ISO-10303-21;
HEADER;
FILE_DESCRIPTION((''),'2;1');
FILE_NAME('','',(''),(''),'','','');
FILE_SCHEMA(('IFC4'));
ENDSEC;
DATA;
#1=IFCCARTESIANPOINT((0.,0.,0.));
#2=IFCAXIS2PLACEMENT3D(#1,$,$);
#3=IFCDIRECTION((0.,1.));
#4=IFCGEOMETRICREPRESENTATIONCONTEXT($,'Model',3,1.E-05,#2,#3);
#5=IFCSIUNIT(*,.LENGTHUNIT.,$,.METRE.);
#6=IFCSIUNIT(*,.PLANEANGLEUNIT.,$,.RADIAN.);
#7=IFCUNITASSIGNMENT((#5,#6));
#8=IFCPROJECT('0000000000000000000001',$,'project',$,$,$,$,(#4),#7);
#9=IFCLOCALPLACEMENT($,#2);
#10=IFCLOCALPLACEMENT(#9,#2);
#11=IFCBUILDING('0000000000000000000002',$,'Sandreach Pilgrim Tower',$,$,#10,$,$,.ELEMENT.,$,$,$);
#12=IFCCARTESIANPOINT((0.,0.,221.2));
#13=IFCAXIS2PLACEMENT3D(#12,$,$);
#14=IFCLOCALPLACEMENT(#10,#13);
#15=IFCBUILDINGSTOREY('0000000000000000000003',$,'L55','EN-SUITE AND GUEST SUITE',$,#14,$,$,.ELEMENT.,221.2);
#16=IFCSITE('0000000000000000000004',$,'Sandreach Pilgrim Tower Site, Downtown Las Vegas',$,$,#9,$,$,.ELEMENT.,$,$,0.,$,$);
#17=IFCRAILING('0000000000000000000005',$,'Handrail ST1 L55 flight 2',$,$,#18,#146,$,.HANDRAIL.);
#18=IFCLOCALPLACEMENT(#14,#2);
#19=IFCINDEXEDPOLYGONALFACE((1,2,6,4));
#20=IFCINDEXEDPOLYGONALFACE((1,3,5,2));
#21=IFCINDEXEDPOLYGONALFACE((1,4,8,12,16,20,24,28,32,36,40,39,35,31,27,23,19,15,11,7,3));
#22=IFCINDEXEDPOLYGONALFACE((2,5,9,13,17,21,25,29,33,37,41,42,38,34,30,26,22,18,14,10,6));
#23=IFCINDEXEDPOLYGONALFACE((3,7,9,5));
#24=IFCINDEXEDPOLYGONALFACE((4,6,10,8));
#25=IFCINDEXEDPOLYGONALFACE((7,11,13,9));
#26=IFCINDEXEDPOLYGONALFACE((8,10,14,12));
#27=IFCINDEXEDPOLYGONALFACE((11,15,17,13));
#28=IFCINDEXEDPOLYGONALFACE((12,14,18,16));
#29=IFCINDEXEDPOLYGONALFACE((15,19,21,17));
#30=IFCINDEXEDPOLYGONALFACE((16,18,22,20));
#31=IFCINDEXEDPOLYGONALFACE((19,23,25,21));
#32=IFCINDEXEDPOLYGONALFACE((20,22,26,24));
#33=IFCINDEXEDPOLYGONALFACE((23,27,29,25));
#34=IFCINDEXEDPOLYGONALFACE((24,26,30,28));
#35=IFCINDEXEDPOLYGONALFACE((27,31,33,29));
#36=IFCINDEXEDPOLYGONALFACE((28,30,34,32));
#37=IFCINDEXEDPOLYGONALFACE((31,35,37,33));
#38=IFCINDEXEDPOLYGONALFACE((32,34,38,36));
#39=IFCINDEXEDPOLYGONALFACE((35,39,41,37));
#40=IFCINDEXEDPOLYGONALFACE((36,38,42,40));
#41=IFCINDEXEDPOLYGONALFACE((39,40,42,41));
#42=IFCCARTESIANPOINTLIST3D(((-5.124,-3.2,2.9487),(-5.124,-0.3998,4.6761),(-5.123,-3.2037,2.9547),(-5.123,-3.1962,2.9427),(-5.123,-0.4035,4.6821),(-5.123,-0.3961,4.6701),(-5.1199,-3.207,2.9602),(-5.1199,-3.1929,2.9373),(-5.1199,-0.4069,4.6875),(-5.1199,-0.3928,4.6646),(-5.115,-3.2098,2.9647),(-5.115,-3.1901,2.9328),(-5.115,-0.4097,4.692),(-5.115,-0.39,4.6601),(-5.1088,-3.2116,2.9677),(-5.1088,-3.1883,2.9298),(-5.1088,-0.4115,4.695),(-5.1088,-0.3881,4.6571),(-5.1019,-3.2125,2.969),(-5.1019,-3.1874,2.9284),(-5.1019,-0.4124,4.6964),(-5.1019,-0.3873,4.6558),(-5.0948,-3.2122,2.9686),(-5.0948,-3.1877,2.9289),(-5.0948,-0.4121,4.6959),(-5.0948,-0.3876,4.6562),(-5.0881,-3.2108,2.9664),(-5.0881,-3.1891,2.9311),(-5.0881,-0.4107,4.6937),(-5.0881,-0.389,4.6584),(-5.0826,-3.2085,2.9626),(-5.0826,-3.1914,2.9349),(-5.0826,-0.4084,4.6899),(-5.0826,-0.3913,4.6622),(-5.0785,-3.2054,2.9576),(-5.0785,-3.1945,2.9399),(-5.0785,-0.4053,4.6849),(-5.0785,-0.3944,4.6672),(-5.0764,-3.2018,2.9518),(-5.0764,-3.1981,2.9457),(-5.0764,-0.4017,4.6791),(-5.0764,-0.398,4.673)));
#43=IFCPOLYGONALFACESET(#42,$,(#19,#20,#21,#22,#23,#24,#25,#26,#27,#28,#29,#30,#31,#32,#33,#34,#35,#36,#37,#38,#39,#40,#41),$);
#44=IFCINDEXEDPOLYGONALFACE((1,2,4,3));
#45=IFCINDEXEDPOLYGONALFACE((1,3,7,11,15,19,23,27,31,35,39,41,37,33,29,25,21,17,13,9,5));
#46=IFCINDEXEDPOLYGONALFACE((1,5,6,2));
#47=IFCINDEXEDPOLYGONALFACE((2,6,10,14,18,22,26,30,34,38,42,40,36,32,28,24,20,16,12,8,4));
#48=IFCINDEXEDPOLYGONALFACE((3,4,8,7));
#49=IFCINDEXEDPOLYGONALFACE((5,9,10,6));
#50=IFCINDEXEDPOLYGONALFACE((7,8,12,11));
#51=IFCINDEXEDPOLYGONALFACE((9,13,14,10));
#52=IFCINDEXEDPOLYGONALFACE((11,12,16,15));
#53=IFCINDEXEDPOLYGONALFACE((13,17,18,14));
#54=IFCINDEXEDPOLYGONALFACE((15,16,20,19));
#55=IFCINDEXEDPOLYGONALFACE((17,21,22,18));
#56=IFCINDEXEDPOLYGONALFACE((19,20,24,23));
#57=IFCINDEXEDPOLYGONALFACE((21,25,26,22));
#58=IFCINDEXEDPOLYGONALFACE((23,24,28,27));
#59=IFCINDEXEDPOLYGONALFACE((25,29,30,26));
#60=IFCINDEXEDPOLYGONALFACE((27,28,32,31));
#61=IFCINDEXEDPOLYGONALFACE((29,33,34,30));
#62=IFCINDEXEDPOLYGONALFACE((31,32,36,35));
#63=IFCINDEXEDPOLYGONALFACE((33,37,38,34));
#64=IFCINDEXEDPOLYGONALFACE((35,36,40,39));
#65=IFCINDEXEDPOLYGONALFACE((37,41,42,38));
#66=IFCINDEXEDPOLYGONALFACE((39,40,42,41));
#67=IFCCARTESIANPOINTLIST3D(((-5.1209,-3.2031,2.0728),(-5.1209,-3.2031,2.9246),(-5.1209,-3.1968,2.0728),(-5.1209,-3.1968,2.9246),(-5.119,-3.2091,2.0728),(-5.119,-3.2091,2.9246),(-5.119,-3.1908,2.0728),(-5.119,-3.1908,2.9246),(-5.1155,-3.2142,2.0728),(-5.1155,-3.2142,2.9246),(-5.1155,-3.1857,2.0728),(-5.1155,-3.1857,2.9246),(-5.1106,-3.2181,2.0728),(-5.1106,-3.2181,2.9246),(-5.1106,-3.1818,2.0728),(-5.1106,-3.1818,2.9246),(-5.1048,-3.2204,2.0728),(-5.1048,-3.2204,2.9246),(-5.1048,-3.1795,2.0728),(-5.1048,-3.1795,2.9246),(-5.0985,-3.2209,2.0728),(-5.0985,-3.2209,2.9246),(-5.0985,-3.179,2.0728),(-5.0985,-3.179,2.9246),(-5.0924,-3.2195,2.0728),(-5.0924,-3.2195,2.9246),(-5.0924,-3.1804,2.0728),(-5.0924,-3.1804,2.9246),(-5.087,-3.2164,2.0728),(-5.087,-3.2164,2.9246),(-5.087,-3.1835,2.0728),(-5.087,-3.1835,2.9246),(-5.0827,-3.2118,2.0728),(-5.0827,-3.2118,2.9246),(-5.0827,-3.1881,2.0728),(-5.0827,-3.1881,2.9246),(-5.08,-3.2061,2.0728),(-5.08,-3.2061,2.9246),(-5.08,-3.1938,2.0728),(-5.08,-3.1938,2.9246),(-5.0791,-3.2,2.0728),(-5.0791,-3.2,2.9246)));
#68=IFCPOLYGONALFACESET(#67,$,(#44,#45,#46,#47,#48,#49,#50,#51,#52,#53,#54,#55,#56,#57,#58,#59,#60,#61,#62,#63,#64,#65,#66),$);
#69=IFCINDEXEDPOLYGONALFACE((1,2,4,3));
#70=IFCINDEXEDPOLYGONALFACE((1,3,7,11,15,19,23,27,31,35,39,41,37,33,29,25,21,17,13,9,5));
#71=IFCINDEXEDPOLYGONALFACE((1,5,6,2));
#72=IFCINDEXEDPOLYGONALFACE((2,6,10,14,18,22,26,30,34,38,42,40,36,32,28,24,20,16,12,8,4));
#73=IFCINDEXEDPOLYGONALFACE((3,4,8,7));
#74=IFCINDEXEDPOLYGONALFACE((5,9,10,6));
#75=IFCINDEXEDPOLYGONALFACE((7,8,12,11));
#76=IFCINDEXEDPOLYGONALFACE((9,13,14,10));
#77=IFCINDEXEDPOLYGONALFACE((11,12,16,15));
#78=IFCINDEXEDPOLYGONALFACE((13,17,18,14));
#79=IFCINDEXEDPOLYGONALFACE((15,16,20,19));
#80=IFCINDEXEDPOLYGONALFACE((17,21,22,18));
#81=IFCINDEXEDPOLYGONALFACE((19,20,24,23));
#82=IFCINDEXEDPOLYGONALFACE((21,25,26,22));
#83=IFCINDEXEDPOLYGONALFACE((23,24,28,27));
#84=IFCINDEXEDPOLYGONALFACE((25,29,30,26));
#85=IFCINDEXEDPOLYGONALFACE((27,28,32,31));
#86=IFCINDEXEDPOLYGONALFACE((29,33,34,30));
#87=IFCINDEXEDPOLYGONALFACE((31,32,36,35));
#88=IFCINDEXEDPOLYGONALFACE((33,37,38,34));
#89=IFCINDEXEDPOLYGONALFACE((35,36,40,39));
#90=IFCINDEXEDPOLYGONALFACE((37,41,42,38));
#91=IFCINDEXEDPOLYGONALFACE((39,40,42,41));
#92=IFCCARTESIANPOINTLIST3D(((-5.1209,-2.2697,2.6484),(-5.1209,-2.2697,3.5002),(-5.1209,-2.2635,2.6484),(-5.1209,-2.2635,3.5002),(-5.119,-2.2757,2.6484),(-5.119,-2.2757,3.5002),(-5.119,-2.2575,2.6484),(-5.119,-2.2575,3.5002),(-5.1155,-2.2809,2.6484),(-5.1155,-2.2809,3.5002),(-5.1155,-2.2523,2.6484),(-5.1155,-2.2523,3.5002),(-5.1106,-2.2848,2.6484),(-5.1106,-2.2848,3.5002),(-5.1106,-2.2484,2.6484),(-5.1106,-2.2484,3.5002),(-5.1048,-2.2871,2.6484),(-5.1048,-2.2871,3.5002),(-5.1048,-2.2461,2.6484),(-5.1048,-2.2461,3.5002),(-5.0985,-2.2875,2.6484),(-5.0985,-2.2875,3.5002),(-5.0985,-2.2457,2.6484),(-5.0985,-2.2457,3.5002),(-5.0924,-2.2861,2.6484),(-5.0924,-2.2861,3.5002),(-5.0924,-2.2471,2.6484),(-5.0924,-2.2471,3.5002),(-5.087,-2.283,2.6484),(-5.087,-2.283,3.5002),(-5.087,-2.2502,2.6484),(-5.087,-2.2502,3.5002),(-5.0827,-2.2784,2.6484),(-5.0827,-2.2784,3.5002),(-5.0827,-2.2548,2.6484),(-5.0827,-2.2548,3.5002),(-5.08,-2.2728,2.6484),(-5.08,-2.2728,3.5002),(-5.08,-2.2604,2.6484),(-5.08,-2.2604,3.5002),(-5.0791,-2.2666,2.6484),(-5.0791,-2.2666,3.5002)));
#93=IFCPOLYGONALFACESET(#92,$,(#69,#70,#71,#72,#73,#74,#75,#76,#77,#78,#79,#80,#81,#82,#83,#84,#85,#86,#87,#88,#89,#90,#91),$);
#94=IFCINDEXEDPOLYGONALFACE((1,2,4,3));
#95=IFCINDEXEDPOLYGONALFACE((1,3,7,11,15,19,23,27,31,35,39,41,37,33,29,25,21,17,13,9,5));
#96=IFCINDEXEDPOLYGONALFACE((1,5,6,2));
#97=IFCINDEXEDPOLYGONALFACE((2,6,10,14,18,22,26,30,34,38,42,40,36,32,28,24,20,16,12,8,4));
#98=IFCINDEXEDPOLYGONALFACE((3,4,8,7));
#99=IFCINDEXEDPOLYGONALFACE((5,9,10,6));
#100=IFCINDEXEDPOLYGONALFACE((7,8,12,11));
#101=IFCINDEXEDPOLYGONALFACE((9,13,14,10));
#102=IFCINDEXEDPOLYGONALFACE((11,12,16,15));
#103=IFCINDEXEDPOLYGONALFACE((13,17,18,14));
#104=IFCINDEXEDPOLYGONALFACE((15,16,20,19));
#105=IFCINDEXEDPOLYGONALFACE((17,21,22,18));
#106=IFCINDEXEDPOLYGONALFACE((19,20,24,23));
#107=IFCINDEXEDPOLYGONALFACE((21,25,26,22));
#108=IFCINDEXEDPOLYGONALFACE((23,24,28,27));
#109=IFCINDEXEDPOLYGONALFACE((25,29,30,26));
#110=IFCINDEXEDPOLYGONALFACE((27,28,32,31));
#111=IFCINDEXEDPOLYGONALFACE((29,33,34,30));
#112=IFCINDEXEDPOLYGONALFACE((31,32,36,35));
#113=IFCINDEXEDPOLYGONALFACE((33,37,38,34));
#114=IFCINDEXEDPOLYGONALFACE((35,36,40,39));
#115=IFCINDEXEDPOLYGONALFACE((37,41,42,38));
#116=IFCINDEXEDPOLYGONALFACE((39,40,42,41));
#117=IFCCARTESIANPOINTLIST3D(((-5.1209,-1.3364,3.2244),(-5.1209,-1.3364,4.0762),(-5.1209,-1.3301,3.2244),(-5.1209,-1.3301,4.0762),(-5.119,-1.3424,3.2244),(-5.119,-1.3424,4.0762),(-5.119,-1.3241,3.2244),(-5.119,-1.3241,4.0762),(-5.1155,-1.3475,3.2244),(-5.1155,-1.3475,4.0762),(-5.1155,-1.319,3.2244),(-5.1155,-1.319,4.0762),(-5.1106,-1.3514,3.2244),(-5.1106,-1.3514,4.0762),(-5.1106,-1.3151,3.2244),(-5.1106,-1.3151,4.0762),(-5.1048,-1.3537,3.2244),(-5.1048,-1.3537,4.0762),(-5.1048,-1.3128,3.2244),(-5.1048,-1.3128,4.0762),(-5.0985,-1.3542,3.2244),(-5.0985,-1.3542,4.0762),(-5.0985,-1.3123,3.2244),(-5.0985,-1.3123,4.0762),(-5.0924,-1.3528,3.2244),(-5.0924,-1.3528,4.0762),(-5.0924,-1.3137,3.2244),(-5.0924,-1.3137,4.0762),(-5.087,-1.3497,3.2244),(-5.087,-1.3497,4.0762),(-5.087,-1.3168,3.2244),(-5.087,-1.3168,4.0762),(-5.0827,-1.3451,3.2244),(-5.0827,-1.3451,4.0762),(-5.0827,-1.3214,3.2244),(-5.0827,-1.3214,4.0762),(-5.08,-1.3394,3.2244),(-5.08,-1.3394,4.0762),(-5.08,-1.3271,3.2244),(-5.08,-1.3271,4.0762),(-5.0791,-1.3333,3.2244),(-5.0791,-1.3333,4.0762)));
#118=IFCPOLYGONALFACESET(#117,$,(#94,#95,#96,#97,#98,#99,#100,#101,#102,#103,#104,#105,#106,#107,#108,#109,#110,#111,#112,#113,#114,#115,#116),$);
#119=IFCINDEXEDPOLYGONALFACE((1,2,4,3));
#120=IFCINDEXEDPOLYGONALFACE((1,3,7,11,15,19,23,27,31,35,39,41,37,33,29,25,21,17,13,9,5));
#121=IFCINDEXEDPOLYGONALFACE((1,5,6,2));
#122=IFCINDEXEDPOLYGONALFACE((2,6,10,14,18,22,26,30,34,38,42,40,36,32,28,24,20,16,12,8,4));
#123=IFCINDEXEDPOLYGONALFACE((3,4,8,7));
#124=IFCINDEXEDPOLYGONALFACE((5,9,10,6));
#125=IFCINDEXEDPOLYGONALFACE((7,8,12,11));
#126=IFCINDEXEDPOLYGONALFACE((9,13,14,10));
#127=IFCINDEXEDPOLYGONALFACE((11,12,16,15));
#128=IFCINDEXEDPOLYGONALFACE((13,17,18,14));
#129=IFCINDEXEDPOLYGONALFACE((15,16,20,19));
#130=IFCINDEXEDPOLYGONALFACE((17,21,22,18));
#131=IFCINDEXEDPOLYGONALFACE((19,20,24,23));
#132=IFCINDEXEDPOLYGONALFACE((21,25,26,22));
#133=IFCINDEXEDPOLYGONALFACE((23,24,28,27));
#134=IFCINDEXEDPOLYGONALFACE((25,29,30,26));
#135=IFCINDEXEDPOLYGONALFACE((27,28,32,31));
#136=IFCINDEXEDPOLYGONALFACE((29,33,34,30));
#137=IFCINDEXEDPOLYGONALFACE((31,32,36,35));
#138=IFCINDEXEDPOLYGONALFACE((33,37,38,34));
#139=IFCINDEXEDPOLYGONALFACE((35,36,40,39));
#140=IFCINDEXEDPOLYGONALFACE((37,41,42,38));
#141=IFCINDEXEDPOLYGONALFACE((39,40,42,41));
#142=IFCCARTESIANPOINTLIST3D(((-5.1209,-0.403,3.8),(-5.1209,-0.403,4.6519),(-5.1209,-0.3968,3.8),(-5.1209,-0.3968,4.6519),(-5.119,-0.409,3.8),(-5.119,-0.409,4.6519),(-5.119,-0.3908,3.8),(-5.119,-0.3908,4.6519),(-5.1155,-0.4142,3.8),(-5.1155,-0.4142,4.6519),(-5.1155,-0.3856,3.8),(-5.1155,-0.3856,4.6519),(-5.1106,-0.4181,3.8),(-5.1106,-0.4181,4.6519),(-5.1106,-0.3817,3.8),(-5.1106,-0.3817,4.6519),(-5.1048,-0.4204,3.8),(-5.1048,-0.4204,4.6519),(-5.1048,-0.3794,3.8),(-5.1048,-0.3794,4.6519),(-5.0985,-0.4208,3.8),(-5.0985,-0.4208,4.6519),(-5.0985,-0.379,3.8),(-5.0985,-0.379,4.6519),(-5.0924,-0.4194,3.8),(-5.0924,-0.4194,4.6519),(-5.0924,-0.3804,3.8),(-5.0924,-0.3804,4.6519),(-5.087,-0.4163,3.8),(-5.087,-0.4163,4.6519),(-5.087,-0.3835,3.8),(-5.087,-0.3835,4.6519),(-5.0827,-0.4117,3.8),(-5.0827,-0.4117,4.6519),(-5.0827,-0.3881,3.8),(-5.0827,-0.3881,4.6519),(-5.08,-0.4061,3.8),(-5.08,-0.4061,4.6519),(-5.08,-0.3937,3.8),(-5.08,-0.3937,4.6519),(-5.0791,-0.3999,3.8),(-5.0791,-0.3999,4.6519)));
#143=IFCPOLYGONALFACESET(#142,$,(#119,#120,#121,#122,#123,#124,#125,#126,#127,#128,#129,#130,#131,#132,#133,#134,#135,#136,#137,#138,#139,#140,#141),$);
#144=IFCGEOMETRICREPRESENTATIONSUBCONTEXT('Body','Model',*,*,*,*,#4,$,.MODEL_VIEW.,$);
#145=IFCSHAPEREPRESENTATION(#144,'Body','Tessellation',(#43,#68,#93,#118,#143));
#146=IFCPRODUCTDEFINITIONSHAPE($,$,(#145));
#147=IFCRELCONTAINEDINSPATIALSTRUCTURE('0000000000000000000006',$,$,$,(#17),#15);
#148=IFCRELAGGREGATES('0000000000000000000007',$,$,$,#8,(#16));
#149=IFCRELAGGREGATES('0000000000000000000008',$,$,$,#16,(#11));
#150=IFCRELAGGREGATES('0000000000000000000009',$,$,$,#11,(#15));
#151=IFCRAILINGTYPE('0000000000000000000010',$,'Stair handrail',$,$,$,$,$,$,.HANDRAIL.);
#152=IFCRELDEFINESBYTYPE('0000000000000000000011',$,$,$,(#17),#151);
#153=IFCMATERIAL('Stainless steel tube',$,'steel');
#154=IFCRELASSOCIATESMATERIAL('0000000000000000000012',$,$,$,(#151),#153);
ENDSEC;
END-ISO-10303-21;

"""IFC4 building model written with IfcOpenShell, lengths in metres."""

from ifc_helpers import new_model, si_unit, direction, frame, origin, origin_2d, place, context, subcontext, project, spatial, circle, extrude, material, type_object, element, save


model = new_model("IFC4")

# Units and contexts
model_context = context("Model", 3, precision=1e-05, world=origin(), true_north=direction((0.0, 1.0)))
body_context = subcontext(model_context, "Body", "Model", "MODEL_VIEW")
ifc_project = project(units=[si_unit("LENGTHUNIT", "METRE"), si_unit("PLANEANGLEUNIT", "RADIAN")], contexts=[model_context])

# Site, building, storey
site_placement = place(None, origin())
site = spatial("IfcSite", under=ifc_project, at=site_placement, Name="Sandreach Pilgrim Tower Site, Downtown Las Vegas", CompositionType="ELEMENT", RefElevation=0.0)
building_placement = place(site_placement, origin())
building = spatial("IfcBuilding", under=site, at=building_placement, Name="Sandreach Pilgrim Tower", CompositionType="ELEMENT")
storey_placement = place(building_placement, frame((0.0, 0.0, 221.2)))
storey = spatial("IfcBuildingStorey", under=building, at=storey_placement, Name="L55", Description="EN-SUITE AND GUEST SUITE", CompositionType="ELEMENT", Elevation=221.2)

# Railing
ifc_material_1 = material(Name="Stainless steel tube", Category="steel")
railing_type = type_object("IfcRailingType", Name="Stair handrail", PredefinedType="HANDRAIL", material=ifc_material_1)
for number, where, name in (
    (1, (-5.1001, -3.2, 2.0728), "Handrail ST1 L55 flight 2"),
):
    element("IfcRailing", number, at=place(storey_placement, frame(where)), inside=storey, type_object=railing_type, Name=name, PredefinedType="HANDRAIL", context=body_context, shape_type="SweptSolid", body=[
        extrude(circle(Radius=0.0239, at=origin_2d()), frame((0.0, 0.0, 0.876), z_axis=(0.0, 0.85109, 0.52502), x_axis=(-1.0, 0.0, 0.0)), (0.0, 0.0, 1.0), 3.29),
        extrude(circle(Radius=0.021, at=origin_2d()), origin(), (0.0, 0.0, 1.0), 0.8518),
        extrude(circle(Radius=0.021, at=origin_2d()), frame((0.0, 0.9333, 0.5757)), (0.0, 0.0, 1.0), 0.8518),
        extrude(circle(Radius=0.021, at=origin_2d()), frame((0.0, 1.8667, 1.1516)), (0.0, 0.0, 1.0), 0.8518),
        extrude(circle(Radius=0.021, at=origin_2d()), frame((0.0, 2.8, 1.7273)), (0.0, 0.0, 1.0), 0.8518),
    ])

save(model, "model.ifc")
